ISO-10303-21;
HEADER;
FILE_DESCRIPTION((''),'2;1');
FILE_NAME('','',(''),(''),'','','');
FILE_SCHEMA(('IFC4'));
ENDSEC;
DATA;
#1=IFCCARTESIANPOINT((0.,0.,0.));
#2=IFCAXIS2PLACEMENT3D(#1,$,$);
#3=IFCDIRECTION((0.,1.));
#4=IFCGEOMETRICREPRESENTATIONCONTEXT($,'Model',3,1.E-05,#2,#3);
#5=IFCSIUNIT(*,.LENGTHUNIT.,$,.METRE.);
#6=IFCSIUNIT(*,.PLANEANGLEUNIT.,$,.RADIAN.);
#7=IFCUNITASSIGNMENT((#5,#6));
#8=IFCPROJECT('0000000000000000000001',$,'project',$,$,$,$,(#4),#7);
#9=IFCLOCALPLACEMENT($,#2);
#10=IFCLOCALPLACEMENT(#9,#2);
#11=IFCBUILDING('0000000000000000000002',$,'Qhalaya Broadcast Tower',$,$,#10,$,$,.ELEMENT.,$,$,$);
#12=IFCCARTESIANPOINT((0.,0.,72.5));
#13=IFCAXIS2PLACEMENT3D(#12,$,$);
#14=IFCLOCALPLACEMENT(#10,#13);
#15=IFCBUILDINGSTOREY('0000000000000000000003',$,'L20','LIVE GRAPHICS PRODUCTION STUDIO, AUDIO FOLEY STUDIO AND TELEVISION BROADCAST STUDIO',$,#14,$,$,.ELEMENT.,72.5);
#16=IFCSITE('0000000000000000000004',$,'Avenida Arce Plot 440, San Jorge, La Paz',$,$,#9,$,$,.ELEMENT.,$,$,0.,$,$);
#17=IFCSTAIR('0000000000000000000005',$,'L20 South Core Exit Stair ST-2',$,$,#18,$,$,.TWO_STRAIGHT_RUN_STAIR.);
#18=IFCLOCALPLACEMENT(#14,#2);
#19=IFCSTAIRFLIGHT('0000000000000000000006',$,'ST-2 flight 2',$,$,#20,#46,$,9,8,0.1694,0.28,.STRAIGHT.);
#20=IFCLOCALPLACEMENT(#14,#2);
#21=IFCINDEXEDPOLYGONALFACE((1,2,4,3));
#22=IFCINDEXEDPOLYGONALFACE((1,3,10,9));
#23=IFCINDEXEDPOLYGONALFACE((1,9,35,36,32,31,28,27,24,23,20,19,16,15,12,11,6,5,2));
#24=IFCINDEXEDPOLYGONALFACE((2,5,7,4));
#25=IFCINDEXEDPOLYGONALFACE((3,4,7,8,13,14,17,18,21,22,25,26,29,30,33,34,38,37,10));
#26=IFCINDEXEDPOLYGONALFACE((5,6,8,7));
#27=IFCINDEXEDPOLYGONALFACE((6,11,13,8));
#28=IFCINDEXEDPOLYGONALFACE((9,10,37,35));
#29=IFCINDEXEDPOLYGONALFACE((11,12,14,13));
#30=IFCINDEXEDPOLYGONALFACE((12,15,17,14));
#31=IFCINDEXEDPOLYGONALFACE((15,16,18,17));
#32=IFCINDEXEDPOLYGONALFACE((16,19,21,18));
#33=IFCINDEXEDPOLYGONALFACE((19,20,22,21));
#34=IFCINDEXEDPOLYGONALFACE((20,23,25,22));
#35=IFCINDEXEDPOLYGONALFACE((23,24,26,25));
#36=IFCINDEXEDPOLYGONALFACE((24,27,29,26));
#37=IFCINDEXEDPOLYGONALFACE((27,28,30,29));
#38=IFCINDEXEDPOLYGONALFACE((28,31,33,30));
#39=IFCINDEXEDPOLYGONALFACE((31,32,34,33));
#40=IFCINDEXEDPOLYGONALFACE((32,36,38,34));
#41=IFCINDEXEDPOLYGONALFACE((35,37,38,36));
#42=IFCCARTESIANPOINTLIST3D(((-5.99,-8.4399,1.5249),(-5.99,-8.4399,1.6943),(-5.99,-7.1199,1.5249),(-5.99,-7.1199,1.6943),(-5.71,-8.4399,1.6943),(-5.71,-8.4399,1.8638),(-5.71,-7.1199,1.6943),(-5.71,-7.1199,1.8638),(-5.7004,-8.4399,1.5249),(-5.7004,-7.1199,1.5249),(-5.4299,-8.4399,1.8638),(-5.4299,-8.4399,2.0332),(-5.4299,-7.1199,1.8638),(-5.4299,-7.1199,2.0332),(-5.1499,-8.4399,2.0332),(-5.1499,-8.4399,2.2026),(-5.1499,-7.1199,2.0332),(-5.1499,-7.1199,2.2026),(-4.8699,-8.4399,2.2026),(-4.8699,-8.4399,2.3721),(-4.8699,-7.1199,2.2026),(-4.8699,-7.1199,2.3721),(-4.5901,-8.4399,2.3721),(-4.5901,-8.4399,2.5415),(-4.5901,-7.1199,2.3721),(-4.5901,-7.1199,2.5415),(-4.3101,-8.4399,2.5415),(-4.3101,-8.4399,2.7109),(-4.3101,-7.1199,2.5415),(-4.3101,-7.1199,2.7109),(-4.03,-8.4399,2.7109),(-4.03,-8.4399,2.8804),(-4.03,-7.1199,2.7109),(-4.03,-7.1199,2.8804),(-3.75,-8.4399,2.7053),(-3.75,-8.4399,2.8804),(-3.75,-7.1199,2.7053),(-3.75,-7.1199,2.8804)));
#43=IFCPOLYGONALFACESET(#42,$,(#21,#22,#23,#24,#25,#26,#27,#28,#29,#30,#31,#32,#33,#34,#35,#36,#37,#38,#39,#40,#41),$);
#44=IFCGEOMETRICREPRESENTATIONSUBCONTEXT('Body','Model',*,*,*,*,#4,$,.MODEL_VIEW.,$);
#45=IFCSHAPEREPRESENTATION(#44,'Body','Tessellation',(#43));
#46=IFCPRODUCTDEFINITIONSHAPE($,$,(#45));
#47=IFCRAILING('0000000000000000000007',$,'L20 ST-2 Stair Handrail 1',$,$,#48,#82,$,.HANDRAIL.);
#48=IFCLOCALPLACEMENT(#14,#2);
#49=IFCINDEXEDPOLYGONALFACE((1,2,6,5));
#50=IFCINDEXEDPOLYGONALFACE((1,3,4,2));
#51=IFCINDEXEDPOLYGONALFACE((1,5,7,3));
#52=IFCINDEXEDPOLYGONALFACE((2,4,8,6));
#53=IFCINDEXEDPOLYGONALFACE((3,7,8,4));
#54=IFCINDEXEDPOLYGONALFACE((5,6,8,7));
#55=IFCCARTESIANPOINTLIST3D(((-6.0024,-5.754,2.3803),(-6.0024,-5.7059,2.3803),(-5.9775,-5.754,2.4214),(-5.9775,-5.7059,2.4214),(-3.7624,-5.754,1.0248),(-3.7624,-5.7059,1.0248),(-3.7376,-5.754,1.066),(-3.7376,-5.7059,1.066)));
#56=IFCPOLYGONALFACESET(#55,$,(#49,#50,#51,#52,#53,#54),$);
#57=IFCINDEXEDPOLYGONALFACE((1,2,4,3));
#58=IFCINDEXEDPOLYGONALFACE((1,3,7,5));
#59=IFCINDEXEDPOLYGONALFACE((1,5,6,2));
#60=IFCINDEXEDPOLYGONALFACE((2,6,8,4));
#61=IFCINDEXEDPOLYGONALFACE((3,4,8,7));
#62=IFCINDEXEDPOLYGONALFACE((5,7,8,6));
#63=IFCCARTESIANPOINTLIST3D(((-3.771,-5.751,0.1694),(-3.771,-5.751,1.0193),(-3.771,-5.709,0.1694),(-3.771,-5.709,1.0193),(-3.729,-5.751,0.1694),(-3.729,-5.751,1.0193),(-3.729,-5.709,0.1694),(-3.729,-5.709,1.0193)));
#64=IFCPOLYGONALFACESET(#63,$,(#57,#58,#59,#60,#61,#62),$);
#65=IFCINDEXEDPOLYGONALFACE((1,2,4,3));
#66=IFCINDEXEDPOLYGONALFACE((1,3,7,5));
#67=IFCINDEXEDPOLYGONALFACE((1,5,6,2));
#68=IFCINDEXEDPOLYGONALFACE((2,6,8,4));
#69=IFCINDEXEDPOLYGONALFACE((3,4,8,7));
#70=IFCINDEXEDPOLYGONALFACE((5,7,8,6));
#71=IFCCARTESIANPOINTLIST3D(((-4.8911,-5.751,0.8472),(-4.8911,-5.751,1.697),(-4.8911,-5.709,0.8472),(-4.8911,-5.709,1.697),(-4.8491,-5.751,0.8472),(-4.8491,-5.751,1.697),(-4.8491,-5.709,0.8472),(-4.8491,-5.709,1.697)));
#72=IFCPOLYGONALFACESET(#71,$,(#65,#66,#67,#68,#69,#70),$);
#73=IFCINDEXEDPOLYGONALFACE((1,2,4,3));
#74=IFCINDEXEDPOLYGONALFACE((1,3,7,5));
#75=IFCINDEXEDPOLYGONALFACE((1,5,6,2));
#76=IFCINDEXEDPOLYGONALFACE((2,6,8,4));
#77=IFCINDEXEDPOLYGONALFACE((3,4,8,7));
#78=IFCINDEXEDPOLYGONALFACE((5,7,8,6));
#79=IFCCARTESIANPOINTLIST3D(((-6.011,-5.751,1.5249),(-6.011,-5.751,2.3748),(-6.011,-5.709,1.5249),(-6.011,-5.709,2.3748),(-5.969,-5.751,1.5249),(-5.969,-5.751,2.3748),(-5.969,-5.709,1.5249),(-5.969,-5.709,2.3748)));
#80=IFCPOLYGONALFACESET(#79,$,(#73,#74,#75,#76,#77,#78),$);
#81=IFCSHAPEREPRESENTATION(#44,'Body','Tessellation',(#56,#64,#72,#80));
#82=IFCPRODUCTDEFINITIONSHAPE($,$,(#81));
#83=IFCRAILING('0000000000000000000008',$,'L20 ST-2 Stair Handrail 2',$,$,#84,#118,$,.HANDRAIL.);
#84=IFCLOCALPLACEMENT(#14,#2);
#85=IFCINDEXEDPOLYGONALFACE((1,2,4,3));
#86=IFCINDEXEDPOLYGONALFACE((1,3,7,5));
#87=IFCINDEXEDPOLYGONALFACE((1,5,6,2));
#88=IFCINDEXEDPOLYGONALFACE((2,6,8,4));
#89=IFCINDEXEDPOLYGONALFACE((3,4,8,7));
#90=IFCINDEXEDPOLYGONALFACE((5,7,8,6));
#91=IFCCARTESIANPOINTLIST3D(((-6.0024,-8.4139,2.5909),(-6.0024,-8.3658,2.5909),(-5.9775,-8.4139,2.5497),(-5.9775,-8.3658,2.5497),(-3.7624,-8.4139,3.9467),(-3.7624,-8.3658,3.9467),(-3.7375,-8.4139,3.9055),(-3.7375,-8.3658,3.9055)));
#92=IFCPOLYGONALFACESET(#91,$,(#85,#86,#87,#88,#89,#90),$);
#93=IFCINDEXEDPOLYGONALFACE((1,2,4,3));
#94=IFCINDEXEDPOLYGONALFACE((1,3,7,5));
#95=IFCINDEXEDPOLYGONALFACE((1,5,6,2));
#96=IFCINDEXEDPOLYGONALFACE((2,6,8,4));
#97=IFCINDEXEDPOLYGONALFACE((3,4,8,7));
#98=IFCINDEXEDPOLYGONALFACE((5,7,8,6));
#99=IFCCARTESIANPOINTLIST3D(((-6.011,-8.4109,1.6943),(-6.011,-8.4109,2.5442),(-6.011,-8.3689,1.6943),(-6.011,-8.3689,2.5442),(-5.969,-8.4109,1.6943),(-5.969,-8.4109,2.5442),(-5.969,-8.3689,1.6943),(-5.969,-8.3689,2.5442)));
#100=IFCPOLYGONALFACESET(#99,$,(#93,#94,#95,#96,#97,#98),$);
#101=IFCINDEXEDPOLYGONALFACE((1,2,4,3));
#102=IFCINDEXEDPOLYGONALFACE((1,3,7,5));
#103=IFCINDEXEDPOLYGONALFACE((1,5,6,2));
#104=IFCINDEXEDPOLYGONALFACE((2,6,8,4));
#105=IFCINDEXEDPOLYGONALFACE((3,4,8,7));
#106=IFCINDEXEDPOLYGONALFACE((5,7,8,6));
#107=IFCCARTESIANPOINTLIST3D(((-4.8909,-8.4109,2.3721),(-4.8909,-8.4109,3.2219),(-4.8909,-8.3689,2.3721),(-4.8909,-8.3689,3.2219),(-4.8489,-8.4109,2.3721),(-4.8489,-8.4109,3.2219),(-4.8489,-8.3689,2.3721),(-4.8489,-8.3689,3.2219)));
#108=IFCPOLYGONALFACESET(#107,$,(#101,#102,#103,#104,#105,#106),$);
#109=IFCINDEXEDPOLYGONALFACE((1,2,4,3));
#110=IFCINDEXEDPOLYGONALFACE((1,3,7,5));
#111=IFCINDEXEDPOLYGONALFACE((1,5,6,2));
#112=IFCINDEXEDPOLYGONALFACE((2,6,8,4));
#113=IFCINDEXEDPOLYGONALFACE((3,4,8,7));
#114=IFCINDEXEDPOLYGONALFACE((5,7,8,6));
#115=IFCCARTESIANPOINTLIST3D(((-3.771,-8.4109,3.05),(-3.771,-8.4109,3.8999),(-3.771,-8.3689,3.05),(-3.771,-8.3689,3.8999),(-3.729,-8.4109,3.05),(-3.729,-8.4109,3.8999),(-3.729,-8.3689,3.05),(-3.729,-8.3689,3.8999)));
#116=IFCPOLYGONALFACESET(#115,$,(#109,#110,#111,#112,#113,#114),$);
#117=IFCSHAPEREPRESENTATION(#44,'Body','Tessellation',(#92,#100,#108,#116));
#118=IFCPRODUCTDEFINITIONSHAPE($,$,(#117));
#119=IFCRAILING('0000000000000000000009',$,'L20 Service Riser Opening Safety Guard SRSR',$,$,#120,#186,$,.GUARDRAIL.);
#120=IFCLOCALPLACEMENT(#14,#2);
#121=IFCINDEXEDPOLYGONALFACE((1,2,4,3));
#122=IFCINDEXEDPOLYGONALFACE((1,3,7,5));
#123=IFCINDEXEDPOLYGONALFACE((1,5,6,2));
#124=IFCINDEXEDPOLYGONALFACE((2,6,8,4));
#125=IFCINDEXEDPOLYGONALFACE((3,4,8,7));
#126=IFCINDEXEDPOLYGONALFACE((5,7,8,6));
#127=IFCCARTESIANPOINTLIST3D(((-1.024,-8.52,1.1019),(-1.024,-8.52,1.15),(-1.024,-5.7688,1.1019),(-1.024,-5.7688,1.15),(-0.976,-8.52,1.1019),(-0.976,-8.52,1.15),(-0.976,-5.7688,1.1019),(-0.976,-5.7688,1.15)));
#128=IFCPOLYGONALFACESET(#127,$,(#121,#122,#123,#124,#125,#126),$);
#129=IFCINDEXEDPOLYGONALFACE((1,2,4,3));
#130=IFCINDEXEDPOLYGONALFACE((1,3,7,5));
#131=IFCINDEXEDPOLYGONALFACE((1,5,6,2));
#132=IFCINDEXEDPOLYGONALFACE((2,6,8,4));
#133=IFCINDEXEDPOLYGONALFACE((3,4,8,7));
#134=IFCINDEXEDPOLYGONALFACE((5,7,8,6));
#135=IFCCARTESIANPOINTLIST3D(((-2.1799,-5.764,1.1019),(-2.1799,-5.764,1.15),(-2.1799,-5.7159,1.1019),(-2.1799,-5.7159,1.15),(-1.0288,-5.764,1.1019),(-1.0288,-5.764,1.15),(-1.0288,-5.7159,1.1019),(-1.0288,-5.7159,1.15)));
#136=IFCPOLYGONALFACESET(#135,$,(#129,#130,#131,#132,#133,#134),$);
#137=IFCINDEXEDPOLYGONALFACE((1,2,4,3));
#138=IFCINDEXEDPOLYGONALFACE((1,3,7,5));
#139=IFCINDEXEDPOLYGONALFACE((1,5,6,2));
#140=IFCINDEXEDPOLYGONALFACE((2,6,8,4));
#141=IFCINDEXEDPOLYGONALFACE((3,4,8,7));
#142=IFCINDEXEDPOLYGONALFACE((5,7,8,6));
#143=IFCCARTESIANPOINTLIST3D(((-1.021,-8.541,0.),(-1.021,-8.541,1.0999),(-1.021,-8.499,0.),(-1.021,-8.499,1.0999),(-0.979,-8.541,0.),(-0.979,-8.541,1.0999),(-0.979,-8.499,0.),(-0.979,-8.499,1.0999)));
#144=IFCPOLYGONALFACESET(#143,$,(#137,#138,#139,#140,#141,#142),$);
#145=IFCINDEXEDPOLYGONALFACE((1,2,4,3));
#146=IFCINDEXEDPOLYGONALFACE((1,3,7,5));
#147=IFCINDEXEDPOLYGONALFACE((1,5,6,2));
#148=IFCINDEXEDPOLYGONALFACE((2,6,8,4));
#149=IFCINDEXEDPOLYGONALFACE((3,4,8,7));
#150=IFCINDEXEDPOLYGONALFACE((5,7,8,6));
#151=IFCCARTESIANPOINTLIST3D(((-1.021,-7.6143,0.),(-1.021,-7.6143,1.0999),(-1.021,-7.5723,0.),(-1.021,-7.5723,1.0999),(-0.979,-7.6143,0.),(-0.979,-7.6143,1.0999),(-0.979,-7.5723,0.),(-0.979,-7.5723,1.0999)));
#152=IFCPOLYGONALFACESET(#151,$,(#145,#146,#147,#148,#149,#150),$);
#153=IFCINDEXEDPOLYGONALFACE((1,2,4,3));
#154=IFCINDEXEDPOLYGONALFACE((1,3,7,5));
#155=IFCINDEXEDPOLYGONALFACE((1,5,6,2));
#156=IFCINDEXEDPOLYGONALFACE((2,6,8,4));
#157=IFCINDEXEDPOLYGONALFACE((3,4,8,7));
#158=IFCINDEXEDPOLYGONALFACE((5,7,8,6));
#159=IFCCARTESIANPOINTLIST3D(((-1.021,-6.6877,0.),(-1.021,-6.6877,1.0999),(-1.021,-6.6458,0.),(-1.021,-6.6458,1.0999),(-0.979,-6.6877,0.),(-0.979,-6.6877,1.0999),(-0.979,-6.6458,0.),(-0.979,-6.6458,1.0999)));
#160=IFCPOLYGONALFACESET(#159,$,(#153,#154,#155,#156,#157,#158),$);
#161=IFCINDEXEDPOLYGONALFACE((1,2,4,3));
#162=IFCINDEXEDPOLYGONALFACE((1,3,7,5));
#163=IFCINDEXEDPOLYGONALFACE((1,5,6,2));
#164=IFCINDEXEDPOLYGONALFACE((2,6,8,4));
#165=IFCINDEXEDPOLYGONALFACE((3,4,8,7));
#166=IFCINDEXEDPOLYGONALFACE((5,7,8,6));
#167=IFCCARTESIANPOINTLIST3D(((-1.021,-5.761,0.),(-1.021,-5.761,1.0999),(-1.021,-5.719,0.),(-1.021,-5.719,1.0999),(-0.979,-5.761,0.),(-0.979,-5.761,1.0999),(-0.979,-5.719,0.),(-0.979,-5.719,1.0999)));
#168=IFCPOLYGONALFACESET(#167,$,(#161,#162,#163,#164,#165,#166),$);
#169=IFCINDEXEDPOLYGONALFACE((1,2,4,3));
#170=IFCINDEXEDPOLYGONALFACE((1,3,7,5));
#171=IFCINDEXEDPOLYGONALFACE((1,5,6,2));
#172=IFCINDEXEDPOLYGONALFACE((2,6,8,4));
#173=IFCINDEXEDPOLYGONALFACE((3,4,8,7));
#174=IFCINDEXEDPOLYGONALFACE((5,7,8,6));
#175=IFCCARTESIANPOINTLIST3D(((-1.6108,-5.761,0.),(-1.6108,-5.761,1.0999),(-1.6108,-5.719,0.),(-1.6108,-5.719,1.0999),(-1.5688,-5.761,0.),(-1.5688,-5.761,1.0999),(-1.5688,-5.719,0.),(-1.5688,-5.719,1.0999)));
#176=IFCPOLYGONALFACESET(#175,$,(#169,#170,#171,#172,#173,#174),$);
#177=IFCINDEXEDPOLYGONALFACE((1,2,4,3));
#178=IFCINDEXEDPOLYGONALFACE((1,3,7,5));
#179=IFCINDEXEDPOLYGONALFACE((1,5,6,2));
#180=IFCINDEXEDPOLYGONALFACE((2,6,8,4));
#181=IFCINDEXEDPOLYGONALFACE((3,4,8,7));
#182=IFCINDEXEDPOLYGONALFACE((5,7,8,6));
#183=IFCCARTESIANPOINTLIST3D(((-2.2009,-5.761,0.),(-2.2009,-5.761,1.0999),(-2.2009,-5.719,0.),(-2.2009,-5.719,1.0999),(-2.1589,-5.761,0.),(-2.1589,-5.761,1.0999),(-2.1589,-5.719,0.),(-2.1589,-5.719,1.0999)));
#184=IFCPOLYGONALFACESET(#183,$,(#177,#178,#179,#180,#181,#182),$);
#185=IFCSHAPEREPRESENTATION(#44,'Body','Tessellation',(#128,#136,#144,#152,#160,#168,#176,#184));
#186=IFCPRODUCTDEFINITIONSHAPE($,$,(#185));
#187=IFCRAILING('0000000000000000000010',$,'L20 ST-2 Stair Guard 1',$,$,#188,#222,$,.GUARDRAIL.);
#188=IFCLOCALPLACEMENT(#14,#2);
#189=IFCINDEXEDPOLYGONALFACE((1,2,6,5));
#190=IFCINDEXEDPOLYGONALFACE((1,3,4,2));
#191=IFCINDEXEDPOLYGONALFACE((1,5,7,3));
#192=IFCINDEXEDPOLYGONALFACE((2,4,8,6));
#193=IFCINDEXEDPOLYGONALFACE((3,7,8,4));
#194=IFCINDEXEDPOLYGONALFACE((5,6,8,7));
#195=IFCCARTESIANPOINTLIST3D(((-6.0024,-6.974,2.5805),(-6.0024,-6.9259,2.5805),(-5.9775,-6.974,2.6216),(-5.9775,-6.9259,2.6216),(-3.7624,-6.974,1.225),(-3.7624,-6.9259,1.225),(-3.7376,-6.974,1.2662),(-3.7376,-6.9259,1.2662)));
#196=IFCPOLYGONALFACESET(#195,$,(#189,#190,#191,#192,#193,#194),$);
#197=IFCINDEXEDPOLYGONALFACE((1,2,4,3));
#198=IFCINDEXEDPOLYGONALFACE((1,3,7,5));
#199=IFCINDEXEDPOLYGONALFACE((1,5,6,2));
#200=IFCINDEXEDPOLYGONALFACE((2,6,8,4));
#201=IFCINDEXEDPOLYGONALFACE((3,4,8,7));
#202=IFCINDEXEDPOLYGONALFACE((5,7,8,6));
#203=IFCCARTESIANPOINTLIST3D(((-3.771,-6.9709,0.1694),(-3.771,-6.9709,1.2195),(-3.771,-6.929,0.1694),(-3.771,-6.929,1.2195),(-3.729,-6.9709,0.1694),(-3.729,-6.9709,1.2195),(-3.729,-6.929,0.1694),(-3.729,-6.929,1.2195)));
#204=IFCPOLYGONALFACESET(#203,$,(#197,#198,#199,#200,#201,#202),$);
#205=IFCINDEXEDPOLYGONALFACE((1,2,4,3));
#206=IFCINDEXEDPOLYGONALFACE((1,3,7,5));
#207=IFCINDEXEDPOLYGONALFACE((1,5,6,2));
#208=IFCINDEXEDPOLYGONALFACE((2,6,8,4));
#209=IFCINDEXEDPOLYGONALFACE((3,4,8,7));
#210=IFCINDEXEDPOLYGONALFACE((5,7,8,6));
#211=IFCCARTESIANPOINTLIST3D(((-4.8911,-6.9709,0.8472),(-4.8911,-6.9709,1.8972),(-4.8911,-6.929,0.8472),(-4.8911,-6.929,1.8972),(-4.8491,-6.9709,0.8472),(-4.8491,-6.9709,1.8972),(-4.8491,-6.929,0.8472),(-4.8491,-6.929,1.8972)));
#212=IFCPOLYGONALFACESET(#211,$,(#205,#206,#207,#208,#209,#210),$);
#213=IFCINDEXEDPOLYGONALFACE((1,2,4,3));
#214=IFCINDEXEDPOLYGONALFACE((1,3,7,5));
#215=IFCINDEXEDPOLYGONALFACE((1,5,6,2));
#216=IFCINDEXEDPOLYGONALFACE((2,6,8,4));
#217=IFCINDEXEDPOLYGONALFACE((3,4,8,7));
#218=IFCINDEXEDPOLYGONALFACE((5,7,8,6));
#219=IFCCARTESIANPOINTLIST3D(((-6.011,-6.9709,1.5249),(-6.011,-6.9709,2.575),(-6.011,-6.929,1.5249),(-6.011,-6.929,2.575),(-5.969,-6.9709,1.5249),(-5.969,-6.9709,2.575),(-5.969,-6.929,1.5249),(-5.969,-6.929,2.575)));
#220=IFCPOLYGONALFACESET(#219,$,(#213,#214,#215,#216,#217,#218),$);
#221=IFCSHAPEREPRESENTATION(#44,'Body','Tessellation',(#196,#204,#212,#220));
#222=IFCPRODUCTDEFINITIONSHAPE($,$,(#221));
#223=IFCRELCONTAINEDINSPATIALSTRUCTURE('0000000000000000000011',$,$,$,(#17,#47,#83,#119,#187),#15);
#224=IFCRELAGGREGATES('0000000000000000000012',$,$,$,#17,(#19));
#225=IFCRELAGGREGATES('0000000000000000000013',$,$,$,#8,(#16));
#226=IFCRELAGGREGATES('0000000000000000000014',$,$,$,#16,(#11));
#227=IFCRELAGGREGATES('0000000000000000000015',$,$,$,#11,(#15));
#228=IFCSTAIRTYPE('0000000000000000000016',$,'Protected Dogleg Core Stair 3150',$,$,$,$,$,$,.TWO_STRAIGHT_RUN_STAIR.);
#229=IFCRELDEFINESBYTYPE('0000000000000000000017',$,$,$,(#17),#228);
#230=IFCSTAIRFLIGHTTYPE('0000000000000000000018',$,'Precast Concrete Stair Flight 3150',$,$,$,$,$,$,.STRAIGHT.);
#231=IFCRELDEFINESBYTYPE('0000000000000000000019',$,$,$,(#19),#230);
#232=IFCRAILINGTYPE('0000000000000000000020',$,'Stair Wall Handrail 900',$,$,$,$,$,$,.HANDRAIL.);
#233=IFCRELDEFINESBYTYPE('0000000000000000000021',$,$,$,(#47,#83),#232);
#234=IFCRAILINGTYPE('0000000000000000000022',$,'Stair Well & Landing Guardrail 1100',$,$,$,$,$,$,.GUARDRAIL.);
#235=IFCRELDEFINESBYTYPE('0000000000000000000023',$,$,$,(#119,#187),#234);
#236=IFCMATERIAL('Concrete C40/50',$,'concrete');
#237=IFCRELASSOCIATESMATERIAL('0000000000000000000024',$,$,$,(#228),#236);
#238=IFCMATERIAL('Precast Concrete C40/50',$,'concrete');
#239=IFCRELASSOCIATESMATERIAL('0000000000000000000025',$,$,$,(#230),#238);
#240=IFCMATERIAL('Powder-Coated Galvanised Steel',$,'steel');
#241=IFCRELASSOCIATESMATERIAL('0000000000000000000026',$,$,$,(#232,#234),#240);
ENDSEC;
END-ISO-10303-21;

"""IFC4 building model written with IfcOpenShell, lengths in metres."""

from ifc_helpers import new_model, si_unit, direction, frame, origin, origin_2d, place, context, subcontext, project, spatial, polyline, rectangle, outline, extrude, material, type_object, element, aggregate, save


model = new_model("IFC4")

# Units and contexts
model_context = context("Model", 3, precision=1e-05, world=origin(), true_north=direction((0.0, 1.0)))
body_context = subcontext(model_context, "Body", "Model", "MODEL_VIEW")
ifc_project = project(units=[si_unit("LENGTHUNIT", "METRE"), si_unit("PLANEANGLEUNIT", "RADIAN")], contexts=[model_context])

# Site, building, storey
site_placement = place(None, origin())
site = spatial("IfcSite", under=ifc_project, at=site_placement, Name="Avenida Arce Plot 440, San Jorge, La Paz", CompositionType="ELEMENT", RefElevation=0.0)
building_placement = place(site_placement, origin())
building = spatial("IfcBuilding", under=site, at=building_placement, Name="Qhalaya Broadcast Tower", CompositionType="ELEMENT")
storey_placement = place(building_placement, frame((0.0, 0.0, 72.5)))
storey = spatial("IfcBuildingStorey", under=building, at=storey_placement, Name="L20", Description="LIVE GRAPHICS PRODUCTION STUDIO, AUDIO FOLEY STUDIO AND TELEVISION BROADCAST STUDIO", CompositionType="ELEMENT", Elevation=72.5)

# Shared definitions
ifc_material_1 = material(Name="Concrete C40/50", Category="concrete")

# Stair, stair flight
stair_type = type_object("IfcStairType", Name="Protected Dogleg Core Stair 3150", PredefinedType="TWO_STRAIGHT_RUN_STAIR", material=ifc_material_1)
stair_placement = place(storey_placement, origin())
stair = element("IfcStair", 1, at=stair_placement, inside=storey, type_object=stair_type, Name="L20 South Core Exit Stair ST-2", PredefinedType="TWO_STRAIGHT_RUN_STAIR")
ifc_material_2 = material(Name="Precast Concrete C40/50", Category="concrete")
stair_flight_type = type_object("IfcStairFlightType", Name="Precast Concrete Stair Flight 3150", PredefinedType="STRAIGHT", material=ifc_material_2)
stair_flight_1_placement = place(storey_placement, frame((-5.99, -7.78, 1.5249), z_axis=(0.0, 0.0, 1.0), x_axis=(1.0, 0.0, 0.0)))
stair_flight_1 = element("IfcStairFlight", 2, at=stair_flight_1_placement, type_object=stair_flight_type, Name="ST-2 flight 2", NumberOfRisers=9, NumberOfTreads=8, PredefinedType="STRAIGHT", RiserHeight=0.1694, TreadLength=0.28, context=body_context, shape_type="SweptSolid", body=[
    extrude(outline(polyline([(0.0, 0.0), (0.0, 0.1694), (0.28, 0.1694), (0.28, 0.3389), (0.5601, 0.3389), (0.5601, 0.5083), (0.8401, 0.5083), (0.8401, 0.6777), (1.1201, 0.6777), (1.1201, 0.8472), (1.3999, 0.8472), (1.3999, 1.0166), (1.6799, 1.0166), (1.6799, 1.186), (1.96, 1.186), (1.96, 1.3555), (2.24, 1.3555), (2.24, 1.5249), (2.24, 1.1804), (0.2896, 0.0), (0.0, 0.0)])), frame((0.0, 0.6602, 0.0), z_axis=(0.0, -1.0, 0.0), x_axis=(1.0, 0.0, 0.0)), (0.0, 0.0, 1.0), 1.3201),
])
aggregate(stair, [stair_flight_1])

# Railings
ifc_material_3 = material(Name="Powder-Coated Galvanised Steel", Category="steel")
railing_type_1 = type_object("IfcRailingType", Name="Stair Wall Handrail 900", PredefinedType="HANDRAIL", material=ifc_material_3)
railing_1_placement = place(storey_placement, frame((-3.75, -5.73, 0.1694)))
element("IfcRailing", 3, at=railing_1_placement, inside=storey, type_object=railing_type_1, Name="L20 ST-2 Stair Handrail 1", PredefinedType="HANDRAIL", context=body_context, shape_type="SweptSolid", body=[
    extrude(rectangle(XDim=0.0481, YDim=0.0481, at=origin_2d()), frame((0.0, 0.0, 0.876), z_axis=(-0.855553, 0.0, 0.517715), x_axis=(0.0, -1.0, 0.0)), (0.0, 0.0, 1.0), 2.6182),
    extrude(rectangle(XDim=0.042, YDim=0.042, at=origin_2d()), origin(), (0.0, 0.0, 1.0), 0.8499),
    extrude(rectangle(XDim=0.042, YDim=0.042, at=origin_2d()), frame((-1.1201, 0.0, 0.6777)), (0.0, 0.0, 1.0), 0.8499),
    extrude(rectangle(XDim=0.042, YDim=0.042, at=origin_2d()), frame((-2.24, 0.0, 1.3555)), (0.0, 0.0, 1.0), 0.8499),
])
railing_2_placement = place(storey_placement, frame((-5.99, -8.3899, 1.6943)))
element("IfcRailing", 4, at=railing_2_placement, inside=storey, type_object=railing_type_1, Name="L20 ST-2 Stair Handrail 2", PredefinedType="HANDRAIL", context=body_context, shape_type="SweptSolid", body=[
    extrude(rectangle(XDim=0.0481, YDim=0.0481, at=origin_2d()), frame((0.0, 0.0, 0.876), z_axis=(0.855512, 0.0, 0.517783), x_axis=(0.0, 1.0, 0.0)), (0.0, 0.0, 1.0), 2.6184),
    extrude(rectangle(XDim=0.042, YDim=0.042, at=origin_2d()), origin(), (0.0, 0.0, 1.0), 0.8499),
    extrude(rectangle(XDim=0.042, YDim=0.042, at=origin_2d()), frame((1.1201, 0.0, 0.6777)), (0.0, 0.0, 1.0), 0.8499),
    extrude(rectangle(XDim=0.042, YDim=0.042, at=origin_2d()), frame((2.24, 0.0, 1.3557)), (0.0, 0.0, 1.0), 0.8499),
])
railing_type_2 = type_object("IfcRailingType", Name="Stair Well & Landing Guardrail 1100", PredefinedType="GUARDRAIL", material=ifc_material_3)
railing_3_placement = place(storey_placement, frame((-1.0, -8.52, 0.0)))
element("IfcRailing", 5, at=railing_3_placement, inside=storey, type_object=railing_type_2, Name="L20 Service Riser Opening Safety Guard SRSR", PredefinedType="GUARDRAIL", context=body_context, shape_type="SweptSolid", body=[
    extrude(rectangle(XDim=0.0481, YDim=0.0481, at=origin_2d()), frame((0.0, 0.0, 1.126), z_axis=(0.0, 1.0, 0.0), x_axis=(-1.0, 0.0, 0.0)), (0.0, 0.0, 1.0), 2.7512),
    extrude(rectangle(XDim=0.0481, YDim=0.0481, at=origin_2d()), frame((-0.0288, 2.78, 1.126), z_axis=(-1.0, 0.0, 0.0), x_axis=(0.0, -1.0, 0.0)), (0.0, 0.0, 1.0), 1.1511),
    extrude(rectangle(XDim=0.042, YDim=0.042, at=origin_2d()), origin(), (0.0, 0.0, 1.0), 1.0999),
    extrude(rectangle(XDim=0.042, YDim=0.042, at=origin_2d()), frame((0.0, 0.9268, 0.0)), (0.0, 0.0, 1.0), 1.0999),
    extrude(rectangle(XDim=0.042, YDim=0.042, at=origin_2d()), frame((0.0, 1.8533, 0.0)), (0.0, 0.0, 1.0), 1.0999),
    extrude(rectangle(XDim=0.042, YDim=0.042, at=origin_2d()), frame((0.0, 2.78, 0.0)), (0.0, 0.0, 1.0), 1.0999),
    extrude(rectangle(XDim=0.042, YDim=0.042, at=origin_2d()), frame((-0.5898, 2.78, 0.0)), (0.0, 0.0, 1.0), 1.0999),
    extrude(rectangle(XDim=0.042, YDim=0.042, at=origin_2d()), frame((-1.1799, 2.78, 0.0)), (0.0, 0.0, 1.0), 1.0999),
])
railing_4_placement = place(storey_placement, frame((-3.75, -6.95, 0.1694)))
element("IfcRailing", 6, at=railing_4_placement, inside=storey, type_object=railing_type_2, Name="L20 ST-2 Stair Guard 1", PredefinedType="GUARDRAIL", context=body_context, shape_type="SweptSolid", body=[
    extrude(rectangle(XDim=0.0481, YDim=0.0481, at=origin_2d()), frame((0.0, 0.0, 1.0762), z_axis=(-0.855553, 0.0, 0.517715), x_axis=(0.0, -1.0, 0.0)), (0.0, 0.0, 1.0), 2.6182),
    extrude(rectangle(XDim=0.042, YDim=0.042, at=origin_2d()), origin(), (0.0, 0.0, 1.0), 1.05),
    extrude(rectangle(XDim=0.042, YDim=0.042, at=origin_2d()), frame((-1.1201, 0.0, 0.6777)), (0.0, 0.0, 1.0), 1.05),
    extrude(rectangle(XDim=0.042, YDim=0.042, at=origin_2d()), frame((-2.24, 0.0, 1.3555)), (0.0, 0.0, 1.0), 1.05),
])

save(model, "model.ifc")
